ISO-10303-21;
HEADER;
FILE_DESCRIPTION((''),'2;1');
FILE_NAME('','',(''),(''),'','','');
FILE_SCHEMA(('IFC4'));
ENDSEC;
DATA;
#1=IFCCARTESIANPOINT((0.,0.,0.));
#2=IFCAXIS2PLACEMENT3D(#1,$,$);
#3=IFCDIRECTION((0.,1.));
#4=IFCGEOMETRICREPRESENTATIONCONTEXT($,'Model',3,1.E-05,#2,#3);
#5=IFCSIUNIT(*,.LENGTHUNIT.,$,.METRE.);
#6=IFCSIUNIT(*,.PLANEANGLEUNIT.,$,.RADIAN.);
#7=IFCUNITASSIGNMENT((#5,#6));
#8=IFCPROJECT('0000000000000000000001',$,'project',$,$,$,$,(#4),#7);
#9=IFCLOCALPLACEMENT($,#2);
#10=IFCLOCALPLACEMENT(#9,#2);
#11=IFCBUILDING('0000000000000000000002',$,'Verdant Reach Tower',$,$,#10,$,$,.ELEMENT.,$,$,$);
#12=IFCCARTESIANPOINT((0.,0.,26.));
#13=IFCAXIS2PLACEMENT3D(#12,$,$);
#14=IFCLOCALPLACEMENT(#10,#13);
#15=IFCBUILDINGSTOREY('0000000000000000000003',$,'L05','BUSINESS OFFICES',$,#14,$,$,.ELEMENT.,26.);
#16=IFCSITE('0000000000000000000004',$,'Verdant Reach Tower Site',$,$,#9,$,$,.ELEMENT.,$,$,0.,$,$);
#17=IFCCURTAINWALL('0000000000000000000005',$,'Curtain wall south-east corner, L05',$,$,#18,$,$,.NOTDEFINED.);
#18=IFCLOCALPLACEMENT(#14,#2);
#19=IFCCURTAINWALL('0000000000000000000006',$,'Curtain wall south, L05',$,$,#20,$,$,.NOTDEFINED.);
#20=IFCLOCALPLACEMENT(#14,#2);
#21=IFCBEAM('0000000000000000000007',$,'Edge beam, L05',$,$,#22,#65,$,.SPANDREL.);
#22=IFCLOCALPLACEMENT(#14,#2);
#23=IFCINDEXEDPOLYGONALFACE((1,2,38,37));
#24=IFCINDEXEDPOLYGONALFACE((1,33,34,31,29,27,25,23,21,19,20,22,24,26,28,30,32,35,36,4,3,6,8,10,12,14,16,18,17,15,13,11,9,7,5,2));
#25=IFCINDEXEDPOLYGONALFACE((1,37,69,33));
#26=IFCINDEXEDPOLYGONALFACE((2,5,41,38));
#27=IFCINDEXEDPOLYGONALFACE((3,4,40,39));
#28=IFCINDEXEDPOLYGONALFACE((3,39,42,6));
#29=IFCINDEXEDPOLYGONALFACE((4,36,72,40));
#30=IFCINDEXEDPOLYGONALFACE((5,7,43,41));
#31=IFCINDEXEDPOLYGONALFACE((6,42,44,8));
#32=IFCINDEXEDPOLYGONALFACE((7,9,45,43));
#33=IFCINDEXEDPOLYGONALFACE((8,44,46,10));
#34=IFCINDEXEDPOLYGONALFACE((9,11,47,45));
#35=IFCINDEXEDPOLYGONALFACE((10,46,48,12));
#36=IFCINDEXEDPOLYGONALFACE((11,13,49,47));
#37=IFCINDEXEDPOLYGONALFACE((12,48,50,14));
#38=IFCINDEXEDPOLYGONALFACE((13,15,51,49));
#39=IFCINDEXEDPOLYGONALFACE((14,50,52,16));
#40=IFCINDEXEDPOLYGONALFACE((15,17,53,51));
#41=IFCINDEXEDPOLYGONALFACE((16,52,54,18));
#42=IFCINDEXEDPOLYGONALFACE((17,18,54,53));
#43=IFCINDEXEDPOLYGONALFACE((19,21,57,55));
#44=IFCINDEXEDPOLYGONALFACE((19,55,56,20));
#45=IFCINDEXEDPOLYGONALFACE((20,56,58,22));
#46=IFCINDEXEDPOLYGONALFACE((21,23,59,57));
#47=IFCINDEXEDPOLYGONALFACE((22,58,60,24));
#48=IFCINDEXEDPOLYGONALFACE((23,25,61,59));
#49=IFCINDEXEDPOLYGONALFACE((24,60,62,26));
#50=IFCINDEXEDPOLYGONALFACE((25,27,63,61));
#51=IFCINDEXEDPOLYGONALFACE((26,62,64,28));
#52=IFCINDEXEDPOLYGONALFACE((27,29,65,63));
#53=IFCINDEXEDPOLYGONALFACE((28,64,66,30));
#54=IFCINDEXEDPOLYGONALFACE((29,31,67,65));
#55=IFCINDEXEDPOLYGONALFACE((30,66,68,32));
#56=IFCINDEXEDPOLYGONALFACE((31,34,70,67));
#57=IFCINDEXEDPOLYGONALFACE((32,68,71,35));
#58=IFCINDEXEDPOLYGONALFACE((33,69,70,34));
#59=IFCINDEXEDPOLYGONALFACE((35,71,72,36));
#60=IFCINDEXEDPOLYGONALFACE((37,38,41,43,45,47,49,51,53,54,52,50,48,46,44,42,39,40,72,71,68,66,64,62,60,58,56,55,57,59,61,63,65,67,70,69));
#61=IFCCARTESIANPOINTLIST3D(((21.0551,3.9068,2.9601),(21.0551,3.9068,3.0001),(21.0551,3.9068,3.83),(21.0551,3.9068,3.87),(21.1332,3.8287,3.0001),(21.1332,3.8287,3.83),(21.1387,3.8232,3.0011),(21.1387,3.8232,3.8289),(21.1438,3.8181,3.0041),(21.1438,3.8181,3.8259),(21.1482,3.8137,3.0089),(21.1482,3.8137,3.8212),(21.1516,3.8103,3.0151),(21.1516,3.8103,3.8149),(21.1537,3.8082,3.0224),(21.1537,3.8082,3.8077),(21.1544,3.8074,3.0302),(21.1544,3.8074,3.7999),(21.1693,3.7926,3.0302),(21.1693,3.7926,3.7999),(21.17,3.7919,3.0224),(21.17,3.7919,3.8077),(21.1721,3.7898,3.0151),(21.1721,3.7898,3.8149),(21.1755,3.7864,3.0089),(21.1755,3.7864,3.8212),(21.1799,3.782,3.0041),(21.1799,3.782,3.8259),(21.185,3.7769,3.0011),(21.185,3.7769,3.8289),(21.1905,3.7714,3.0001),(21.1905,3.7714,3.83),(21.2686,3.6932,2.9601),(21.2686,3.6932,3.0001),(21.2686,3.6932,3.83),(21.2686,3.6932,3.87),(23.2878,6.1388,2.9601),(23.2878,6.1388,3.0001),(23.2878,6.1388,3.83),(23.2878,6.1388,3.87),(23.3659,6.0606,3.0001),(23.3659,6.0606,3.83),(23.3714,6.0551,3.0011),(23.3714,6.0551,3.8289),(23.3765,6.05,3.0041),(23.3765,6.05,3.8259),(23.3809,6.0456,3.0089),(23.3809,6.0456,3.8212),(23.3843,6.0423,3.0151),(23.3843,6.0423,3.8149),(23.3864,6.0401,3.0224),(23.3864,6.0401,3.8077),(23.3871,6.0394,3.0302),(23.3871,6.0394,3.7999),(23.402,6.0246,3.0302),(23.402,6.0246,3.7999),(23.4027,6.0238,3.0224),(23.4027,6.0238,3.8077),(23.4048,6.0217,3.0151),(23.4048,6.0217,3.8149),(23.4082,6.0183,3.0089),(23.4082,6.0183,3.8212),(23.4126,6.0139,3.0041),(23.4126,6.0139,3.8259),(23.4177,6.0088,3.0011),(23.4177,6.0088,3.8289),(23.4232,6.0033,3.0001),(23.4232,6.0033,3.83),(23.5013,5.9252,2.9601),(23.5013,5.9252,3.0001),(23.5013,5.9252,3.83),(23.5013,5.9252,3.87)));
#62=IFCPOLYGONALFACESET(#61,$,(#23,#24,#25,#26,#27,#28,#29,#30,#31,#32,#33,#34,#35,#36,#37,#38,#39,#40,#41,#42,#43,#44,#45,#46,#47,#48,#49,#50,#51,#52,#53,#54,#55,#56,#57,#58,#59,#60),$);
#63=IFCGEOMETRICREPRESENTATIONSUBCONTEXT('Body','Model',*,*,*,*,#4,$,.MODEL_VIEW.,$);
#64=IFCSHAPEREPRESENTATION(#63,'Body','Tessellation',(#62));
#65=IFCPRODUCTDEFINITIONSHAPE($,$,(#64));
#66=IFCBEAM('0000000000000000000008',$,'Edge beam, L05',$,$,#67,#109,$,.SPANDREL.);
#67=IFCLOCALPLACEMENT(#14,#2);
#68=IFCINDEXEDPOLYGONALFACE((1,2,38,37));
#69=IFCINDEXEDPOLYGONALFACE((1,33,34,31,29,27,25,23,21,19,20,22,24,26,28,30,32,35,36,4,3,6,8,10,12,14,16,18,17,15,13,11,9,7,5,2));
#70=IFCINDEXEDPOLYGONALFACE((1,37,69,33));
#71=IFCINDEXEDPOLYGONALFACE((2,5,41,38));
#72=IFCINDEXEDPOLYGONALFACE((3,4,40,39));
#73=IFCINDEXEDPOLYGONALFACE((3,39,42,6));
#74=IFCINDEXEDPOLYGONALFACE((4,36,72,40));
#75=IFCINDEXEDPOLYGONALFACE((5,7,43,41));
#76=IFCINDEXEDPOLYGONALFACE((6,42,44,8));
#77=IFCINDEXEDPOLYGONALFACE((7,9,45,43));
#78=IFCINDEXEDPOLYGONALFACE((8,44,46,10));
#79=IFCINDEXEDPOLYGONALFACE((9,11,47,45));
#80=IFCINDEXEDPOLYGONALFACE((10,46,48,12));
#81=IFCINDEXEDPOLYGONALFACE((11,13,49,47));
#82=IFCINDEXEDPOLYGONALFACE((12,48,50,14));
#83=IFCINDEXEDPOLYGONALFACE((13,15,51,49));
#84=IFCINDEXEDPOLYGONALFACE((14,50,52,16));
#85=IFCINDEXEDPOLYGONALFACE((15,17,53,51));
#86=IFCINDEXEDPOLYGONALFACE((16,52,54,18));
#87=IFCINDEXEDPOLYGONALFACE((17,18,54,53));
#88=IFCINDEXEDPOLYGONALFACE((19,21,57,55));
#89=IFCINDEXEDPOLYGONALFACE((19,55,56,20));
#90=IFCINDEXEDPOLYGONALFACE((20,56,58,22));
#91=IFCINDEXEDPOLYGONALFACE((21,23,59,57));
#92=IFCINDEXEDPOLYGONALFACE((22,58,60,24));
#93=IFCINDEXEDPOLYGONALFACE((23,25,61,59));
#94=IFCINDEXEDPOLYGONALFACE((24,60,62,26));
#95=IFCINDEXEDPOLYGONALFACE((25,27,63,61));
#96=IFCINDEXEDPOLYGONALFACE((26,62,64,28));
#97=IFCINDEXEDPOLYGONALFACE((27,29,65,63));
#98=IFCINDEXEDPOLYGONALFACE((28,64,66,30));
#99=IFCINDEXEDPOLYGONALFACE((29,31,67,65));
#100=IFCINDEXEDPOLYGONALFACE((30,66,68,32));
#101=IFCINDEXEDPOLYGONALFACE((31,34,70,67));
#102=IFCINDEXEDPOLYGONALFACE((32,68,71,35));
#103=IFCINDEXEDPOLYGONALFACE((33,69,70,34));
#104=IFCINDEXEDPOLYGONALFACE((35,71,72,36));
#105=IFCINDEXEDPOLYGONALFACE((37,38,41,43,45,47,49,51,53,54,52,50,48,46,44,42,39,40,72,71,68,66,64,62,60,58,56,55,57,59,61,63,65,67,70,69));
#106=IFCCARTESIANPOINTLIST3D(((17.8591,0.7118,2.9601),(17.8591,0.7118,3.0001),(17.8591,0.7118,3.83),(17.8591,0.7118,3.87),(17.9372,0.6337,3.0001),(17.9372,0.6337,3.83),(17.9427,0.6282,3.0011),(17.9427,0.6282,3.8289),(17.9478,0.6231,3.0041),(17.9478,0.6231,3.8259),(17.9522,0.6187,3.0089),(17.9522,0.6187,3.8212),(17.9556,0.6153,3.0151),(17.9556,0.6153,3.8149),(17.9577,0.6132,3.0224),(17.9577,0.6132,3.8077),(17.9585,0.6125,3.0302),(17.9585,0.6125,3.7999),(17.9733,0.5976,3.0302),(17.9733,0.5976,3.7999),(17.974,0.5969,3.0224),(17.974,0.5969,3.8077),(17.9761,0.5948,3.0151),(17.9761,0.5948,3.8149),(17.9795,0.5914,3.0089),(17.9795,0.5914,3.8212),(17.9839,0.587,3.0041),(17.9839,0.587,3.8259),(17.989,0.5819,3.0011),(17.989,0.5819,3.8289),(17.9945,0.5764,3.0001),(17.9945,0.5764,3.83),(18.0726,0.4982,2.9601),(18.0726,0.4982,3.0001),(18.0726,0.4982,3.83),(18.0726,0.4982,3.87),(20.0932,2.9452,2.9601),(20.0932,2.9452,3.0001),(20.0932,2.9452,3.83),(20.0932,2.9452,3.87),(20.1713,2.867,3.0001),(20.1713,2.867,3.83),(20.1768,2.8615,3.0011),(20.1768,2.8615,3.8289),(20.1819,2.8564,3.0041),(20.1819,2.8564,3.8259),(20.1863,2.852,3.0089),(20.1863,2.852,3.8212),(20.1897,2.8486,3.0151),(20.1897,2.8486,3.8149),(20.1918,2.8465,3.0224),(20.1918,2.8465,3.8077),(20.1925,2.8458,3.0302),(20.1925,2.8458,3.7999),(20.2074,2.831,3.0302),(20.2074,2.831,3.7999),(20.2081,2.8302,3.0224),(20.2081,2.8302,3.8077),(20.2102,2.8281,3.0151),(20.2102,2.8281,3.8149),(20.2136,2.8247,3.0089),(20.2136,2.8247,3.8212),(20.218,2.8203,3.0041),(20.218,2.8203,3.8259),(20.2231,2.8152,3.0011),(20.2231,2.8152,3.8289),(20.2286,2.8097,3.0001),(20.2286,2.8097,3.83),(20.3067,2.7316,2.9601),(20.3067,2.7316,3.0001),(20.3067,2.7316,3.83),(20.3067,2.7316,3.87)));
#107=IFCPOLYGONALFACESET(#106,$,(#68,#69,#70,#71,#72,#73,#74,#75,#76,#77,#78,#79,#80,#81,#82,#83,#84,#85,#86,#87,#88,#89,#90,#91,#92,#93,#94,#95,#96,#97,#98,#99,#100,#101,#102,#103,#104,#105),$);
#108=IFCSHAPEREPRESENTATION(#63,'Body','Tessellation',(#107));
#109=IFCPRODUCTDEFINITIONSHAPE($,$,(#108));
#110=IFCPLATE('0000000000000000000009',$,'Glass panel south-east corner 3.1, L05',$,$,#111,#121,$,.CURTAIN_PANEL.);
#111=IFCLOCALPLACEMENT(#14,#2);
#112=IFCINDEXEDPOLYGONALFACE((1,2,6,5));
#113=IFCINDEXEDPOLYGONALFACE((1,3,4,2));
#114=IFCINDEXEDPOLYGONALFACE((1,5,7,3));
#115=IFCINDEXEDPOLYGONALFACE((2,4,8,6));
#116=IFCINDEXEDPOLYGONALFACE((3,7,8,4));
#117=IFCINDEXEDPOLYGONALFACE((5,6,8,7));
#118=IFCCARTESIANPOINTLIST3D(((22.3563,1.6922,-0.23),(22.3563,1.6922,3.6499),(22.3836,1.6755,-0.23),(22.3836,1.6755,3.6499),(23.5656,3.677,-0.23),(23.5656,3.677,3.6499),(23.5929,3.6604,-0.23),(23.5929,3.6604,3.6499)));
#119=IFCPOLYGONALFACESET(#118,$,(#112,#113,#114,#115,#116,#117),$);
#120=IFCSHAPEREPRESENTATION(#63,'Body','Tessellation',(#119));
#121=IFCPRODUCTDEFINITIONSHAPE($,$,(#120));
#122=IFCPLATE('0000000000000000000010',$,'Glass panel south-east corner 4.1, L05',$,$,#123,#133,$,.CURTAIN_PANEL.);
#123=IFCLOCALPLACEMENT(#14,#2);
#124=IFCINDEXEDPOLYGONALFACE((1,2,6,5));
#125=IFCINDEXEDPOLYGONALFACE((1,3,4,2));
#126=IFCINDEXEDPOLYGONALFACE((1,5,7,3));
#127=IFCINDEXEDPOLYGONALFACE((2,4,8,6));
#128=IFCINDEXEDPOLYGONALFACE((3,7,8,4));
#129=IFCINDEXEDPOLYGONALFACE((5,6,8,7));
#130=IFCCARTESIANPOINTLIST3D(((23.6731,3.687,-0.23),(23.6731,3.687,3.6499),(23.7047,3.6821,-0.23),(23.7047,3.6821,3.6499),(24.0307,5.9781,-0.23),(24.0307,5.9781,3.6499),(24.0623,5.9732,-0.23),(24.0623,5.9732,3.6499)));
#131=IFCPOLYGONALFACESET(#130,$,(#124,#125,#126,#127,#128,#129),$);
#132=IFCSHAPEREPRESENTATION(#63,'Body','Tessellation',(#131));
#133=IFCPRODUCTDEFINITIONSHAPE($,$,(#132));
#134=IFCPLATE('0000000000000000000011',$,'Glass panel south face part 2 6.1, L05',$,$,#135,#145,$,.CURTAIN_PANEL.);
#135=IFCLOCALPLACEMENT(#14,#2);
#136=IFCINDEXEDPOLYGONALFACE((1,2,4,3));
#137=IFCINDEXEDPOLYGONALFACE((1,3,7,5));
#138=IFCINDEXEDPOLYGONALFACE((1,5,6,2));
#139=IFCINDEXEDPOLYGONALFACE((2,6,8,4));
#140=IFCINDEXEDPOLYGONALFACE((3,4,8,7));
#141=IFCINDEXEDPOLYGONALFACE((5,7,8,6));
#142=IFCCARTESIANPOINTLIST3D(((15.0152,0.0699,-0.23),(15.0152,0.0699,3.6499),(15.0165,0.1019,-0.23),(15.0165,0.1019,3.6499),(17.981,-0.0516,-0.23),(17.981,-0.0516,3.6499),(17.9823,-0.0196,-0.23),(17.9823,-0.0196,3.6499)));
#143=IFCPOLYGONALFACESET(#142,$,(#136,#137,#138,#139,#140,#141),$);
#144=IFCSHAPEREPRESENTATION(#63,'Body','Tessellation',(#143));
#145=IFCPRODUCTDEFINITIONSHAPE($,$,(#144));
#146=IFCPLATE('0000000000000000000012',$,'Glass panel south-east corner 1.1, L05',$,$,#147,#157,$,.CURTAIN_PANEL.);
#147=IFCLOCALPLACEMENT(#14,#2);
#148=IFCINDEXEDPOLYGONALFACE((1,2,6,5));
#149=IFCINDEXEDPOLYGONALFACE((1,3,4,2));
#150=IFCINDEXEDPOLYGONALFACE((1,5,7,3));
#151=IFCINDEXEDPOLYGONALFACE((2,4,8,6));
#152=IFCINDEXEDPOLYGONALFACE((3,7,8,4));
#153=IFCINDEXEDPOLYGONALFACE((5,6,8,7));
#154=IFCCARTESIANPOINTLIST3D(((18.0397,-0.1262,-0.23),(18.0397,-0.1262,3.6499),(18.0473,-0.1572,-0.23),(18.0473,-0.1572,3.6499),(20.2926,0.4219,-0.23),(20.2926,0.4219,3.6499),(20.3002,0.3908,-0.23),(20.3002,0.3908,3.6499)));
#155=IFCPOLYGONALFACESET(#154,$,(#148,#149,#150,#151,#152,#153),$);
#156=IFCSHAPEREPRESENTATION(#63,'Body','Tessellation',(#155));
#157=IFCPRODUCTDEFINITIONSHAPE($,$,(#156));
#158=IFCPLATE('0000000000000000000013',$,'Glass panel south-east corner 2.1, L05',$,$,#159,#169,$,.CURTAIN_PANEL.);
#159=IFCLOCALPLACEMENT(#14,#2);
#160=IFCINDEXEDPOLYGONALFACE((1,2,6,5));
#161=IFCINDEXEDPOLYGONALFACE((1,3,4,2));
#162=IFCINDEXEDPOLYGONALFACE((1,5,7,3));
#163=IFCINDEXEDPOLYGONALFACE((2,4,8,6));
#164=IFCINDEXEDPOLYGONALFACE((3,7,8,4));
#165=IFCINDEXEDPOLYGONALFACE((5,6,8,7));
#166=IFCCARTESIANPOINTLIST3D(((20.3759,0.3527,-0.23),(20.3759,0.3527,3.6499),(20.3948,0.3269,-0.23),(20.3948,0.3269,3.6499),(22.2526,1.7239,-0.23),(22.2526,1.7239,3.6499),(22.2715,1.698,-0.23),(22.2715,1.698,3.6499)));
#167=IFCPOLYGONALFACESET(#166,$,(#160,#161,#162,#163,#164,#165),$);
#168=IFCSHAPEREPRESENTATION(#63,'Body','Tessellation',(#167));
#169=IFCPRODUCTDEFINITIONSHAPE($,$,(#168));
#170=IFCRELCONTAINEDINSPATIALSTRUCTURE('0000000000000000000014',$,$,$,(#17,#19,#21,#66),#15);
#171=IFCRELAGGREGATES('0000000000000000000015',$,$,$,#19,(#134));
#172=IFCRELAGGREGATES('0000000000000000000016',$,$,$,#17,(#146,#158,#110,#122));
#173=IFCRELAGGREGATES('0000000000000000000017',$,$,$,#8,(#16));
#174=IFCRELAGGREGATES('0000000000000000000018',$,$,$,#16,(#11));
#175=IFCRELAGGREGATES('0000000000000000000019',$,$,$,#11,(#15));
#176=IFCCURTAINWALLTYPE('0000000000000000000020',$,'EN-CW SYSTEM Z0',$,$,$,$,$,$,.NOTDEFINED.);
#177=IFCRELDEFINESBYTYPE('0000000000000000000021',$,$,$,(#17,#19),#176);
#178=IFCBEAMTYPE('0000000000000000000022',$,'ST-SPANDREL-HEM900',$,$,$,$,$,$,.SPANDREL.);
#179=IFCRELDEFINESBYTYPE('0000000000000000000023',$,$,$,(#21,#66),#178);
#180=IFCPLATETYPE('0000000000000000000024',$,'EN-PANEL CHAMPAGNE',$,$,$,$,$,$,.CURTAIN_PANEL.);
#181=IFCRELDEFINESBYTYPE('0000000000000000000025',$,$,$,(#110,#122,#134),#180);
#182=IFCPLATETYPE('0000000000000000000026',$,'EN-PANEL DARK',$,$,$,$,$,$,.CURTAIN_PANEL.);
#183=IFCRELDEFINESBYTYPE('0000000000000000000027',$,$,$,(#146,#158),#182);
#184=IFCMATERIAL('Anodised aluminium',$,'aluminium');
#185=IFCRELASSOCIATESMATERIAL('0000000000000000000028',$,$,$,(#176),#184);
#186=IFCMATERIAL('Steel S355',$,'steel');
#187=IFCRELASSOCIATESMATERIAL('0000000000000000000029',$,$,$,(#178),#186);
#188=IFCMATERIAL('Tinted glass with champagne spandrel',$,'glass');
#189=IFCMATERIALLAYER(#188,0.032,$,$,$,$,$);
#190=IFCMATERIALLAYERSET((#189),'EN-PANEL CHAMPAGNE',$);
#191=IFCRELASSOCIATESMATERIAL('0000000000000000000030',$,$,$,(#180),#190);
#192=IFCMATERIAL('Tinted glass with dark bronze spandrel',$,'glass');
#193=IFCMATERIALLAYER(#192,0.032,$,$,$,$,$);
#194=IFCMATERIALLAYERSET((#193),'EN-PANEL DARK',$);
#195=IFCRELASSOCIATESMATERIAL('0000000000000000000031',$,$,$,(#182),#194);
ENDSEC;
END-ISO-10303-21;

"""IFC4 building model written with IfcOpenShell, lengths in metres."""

from ifc_helpers import new_model, si_unit, direction, frame, origin, origin_2d, place, context, subcontext, project, spatial, rectangle, i_section, extrude, material, layer, layer_set, material_profile, profile_set, type_object, element, aggregate, save


model = new_model("IFC4")

# Units and contexts
model_context = context("Model", 3, precision=1e-05, world=origin(), true_north=direction((0.0, 1.0)))
body_context = subcontext(model_context, "Body", "Model", "MODEL_VIEW")
ifc_project = project(units=[si_unit("LENGTHUNIT", "METRE"), si_unit("PLANEANGLEUNIT", "RADIAN")], contexts=[model_context])

# Site, building, storey
site_placement = place(None, origin())
site = spatial("IfcSite", under=ifc_project, at=site_placement, Name="Verdant Reach Tower Site", CompositionType="ELEMENT", RefElevation=0.0)
building_placement = place(site_placement, origin())
building = spatial("IfcBuilding", under=site, at=building_placement, Name="Verdant Reach Tower", CompositionType="ELEMENT")
storey_placement = place(building_placement, frame((0.0, 0.0, 26.0)))
storey = spatial("IfcBuildingStorey", under=building, at=storey_placement, Name="L05", Description="BUSINESS OFFICES", CompositionType="ELEMENT", Elevation=26.0)

# Curtain wall
ifc_material_1 = material(Name="Anodised aluminium", Category="aluminium")
curtain_wall_type = type_object("IfcCurtainWallType", Name="EN-CW SYSTEM Z0", PredefinedType="NOTDEFINED", material=ifc_material_1)
curtain_wall_1_placement = place(storey_placement, origin())
curtain_wall_1 = element("IfcCurtainWall", 1, at=curtain_wall_1_placement, inside=storey, type_object=curtain_wall_type, Name="Curtain wall south-east corner, L05", PredefinedType="NOTDEFINED")

# Curtain wall
curtain_wall_2_placement = place(storey_placement, origin())
curtain_wall_2 = element("IfcCurtainWall", 2, at=curtain_wall_2_placement, inside=storey, type_object=curtain_wall_type, Name="Curtain wall south, L05", PredefinedType="NOTDEFINED")

# Beams
ifc_material_2 = material(Name="Steel S355", Category="steel")
ifc_material_profile_1 = material_profile(ifc_material_2, i_section(OverallWidth=0.302, OverallDepth=0.9099, WebThickness=0.021, FlangeThickness=0.04, FilletRadius=0.03, at=origin_2d()), Name="HEM 900")
ifc_profile_set_1 = profile_set([ifc_material_profile_1], Name="Steel S355")
beam_type_1 = type_object("IfcBeamType", Name="ST-SPANDREL-HEM900", PredefinedType="SPANDREL", material=ifc_profile_set_1)
beam_1_placement = place(storey_placement, frame((23.3945, 6.032, 3.415), z_axis=(-0.707223, -0.706991, 0.0), x_axis=(0.706991, -0.707223, 0.0)))
element("IfcBeam", 3, at=beam_1_placement, inside=storey, type_object=beam_type_1, Name="Edge beam, L05", PredefinedType="SPANDREL", context=body_context, shape_type="SweptSolid", body=[
    extrude(i_section(OverallWidth=0.302, OverallDepth=0.9099, WebThickness=0.021, FlangeThickness=0.04, FilletRadius=0.03, at=origin_2d()), origin(), (0.0, 0.0, 1.0), 3.157),
])
beam_2_placement = place(storey_placement, frame((20.2, 2.8384, 3.415), z_axis=(-0.707223, -0.706991, 0.0), x_axis=(0.706991, -0.707223, 0.0)))
element("IfcBeam", 4, at=beam_2_placement, inside=storey, type_object=beam_type_1, Name="Edge beam, L05", PredefinedType="SPANDREL", context=body_context, shape_type="SweptSolid", body=[
    extrude(i_section(OverallWidth=0.302, OverallDepth=0.9099, WebThickness=0.021, FlangeThickness=0.04, FilletRadius=0.03, at=origin_2d()), origin(), (0.0, 0.0, 1.0), 3.1589),
])

# Plates
ifc_material_3 = material(Name="Tinted glass with champagne spandrel", Category="glass")
ifc_layer_1 = layer(ifc_material_3, 0.032)
ifc_layer_set_1 = layer_set([ifc_layer_1], Name="EN-PANEL CHAMPAGNE")
plate_type_1 = type_object("IfcPlateType", Name="EN-PANEL CHAMPAGNE", PredefinedType="CURTAIN_PANEL", material=ifc_layer_set_1)
plate_1_placement = place(storey_placement, frame((22.9746, 2.6763, -0.23), z_axis=(0.0, 0.0, 1.0), x_axis=(0.520292, 0.853989, 0.0)))
plate_1 = element("IfcPlate", 5, at=plate_1_placement, type_object=plate_type_1, Name="Glass panel south-east corner 3.1, L05", PredefinedType="CURTAIN_PANEL", context=body_context, shape_type="SweptSolid", body=[
    extrude(rectangle(XDim=2.3242, YDim=0.032, at=origin_2d()), origin(), (0.0, 0.0, 1.0), 3.8799),
])
plate_2_placement = place(storey_placement, frame((23.8677, 4.8301, -0.23), z_axis=(0.0, 0.0, 1.0), x_axis=(0.154211, 0.988038, 0.0)))
plate_2 = element("IfcPlate", 6, at=plate_2_placement, type_object=plate_type_1, Name="Glass panel south-east corner 4.1, L05", PredefinedType="CURTAIN_PANEL", context=body_context, shape_type="SweptSolid", body=[
    extrude(rectangle(XDim=2.3188, YDim=0.032, at=origin_2d()), origin(), (0.0, 0.0, 1.0), 3.8799),
])
plate_3_placement = place(storey_placement, frame((16.4988, 0.0251, -0.23), z_axis=(0.0, 0.0, 1.0), x_axis=(0.999162, -0.04092, 0.0)))
plate_3 = element("IfcPlate", 7, at=plate_3_placement, type_object=plate_type_1, Name="Glass panel south face part 2 6.1, L05", PredefinedType="CURTAIN_PANEL", context=body_context, shape_type="SweptSolid", body=[
    extrude(rectangle(XDim=2.9683, YDim=0.032, at=origin_2d()), origin(), (0.0, 0.0, 1.0), 3.8799),
])
aggregate(curtain_wall_2, [plate_3])
ifc_material_4 = material(Name="Tinted glass with dark bronze spandrel", Category="glass")
ifc_layer_2 = layer(ifc_material_4, 0.032)
ifc_layer_set_2 = layer_set([ifc_layer_2], Name="EN-PANEL DARK")
plate_type_2 = type_object("IfcPlateType", Name="EN-PANEL DARK", PredefinedType="CURTAIN_PANEL", material=ifc_layer_set_2)
plate_4_placement = place(storey_placement, frame((19.1699, 0.1323, -0.23), z_axis=(0.0, 0.0, 1.0), x_axis=(0.971663, 0.236369, 0.0)))
plate_4 = element("IfcPlate", 8, at=plate_4_placement, type_object=plate_type_2, Name="Glass panel south-east corner 1.1, L05", PredefinedType="CURTAIN_PANEL", context=body_context, shape_type="SweptSolid", body=[
    extrude(rectangle(XDim=2.3186, YDim=0.032, at=origin_2d()), origin(), (0.0, 0.0, 1.0), 3.8799),
])
plate_5_placement = place(storey_placement, frame((21.3237, 1.0254, -0.23), z_axis=(0.0, 0.0, 1.0), x_axis=(0.807457, 0.589927, 0.0)))
plate_5 = element("IfcPlate", 9, at=plate_5_placement, type_object=plate_type_2, Name="Glass panel south-east corner 2.1, L05", PredefinedType="CURTAIN_PANEL", context=body_context, shape_type="SweptSolid", body=[
    extrude(rectangle(XDim=2.3242, YDim=0.032, at=origin_2d()), origin(), (0.0, 0.0, 1.0), 3.8799),
])
aggregate(curtain_wall_1, [plate_4, plate_5, plate_1, plate_2])

save(model, "model.ifc")
